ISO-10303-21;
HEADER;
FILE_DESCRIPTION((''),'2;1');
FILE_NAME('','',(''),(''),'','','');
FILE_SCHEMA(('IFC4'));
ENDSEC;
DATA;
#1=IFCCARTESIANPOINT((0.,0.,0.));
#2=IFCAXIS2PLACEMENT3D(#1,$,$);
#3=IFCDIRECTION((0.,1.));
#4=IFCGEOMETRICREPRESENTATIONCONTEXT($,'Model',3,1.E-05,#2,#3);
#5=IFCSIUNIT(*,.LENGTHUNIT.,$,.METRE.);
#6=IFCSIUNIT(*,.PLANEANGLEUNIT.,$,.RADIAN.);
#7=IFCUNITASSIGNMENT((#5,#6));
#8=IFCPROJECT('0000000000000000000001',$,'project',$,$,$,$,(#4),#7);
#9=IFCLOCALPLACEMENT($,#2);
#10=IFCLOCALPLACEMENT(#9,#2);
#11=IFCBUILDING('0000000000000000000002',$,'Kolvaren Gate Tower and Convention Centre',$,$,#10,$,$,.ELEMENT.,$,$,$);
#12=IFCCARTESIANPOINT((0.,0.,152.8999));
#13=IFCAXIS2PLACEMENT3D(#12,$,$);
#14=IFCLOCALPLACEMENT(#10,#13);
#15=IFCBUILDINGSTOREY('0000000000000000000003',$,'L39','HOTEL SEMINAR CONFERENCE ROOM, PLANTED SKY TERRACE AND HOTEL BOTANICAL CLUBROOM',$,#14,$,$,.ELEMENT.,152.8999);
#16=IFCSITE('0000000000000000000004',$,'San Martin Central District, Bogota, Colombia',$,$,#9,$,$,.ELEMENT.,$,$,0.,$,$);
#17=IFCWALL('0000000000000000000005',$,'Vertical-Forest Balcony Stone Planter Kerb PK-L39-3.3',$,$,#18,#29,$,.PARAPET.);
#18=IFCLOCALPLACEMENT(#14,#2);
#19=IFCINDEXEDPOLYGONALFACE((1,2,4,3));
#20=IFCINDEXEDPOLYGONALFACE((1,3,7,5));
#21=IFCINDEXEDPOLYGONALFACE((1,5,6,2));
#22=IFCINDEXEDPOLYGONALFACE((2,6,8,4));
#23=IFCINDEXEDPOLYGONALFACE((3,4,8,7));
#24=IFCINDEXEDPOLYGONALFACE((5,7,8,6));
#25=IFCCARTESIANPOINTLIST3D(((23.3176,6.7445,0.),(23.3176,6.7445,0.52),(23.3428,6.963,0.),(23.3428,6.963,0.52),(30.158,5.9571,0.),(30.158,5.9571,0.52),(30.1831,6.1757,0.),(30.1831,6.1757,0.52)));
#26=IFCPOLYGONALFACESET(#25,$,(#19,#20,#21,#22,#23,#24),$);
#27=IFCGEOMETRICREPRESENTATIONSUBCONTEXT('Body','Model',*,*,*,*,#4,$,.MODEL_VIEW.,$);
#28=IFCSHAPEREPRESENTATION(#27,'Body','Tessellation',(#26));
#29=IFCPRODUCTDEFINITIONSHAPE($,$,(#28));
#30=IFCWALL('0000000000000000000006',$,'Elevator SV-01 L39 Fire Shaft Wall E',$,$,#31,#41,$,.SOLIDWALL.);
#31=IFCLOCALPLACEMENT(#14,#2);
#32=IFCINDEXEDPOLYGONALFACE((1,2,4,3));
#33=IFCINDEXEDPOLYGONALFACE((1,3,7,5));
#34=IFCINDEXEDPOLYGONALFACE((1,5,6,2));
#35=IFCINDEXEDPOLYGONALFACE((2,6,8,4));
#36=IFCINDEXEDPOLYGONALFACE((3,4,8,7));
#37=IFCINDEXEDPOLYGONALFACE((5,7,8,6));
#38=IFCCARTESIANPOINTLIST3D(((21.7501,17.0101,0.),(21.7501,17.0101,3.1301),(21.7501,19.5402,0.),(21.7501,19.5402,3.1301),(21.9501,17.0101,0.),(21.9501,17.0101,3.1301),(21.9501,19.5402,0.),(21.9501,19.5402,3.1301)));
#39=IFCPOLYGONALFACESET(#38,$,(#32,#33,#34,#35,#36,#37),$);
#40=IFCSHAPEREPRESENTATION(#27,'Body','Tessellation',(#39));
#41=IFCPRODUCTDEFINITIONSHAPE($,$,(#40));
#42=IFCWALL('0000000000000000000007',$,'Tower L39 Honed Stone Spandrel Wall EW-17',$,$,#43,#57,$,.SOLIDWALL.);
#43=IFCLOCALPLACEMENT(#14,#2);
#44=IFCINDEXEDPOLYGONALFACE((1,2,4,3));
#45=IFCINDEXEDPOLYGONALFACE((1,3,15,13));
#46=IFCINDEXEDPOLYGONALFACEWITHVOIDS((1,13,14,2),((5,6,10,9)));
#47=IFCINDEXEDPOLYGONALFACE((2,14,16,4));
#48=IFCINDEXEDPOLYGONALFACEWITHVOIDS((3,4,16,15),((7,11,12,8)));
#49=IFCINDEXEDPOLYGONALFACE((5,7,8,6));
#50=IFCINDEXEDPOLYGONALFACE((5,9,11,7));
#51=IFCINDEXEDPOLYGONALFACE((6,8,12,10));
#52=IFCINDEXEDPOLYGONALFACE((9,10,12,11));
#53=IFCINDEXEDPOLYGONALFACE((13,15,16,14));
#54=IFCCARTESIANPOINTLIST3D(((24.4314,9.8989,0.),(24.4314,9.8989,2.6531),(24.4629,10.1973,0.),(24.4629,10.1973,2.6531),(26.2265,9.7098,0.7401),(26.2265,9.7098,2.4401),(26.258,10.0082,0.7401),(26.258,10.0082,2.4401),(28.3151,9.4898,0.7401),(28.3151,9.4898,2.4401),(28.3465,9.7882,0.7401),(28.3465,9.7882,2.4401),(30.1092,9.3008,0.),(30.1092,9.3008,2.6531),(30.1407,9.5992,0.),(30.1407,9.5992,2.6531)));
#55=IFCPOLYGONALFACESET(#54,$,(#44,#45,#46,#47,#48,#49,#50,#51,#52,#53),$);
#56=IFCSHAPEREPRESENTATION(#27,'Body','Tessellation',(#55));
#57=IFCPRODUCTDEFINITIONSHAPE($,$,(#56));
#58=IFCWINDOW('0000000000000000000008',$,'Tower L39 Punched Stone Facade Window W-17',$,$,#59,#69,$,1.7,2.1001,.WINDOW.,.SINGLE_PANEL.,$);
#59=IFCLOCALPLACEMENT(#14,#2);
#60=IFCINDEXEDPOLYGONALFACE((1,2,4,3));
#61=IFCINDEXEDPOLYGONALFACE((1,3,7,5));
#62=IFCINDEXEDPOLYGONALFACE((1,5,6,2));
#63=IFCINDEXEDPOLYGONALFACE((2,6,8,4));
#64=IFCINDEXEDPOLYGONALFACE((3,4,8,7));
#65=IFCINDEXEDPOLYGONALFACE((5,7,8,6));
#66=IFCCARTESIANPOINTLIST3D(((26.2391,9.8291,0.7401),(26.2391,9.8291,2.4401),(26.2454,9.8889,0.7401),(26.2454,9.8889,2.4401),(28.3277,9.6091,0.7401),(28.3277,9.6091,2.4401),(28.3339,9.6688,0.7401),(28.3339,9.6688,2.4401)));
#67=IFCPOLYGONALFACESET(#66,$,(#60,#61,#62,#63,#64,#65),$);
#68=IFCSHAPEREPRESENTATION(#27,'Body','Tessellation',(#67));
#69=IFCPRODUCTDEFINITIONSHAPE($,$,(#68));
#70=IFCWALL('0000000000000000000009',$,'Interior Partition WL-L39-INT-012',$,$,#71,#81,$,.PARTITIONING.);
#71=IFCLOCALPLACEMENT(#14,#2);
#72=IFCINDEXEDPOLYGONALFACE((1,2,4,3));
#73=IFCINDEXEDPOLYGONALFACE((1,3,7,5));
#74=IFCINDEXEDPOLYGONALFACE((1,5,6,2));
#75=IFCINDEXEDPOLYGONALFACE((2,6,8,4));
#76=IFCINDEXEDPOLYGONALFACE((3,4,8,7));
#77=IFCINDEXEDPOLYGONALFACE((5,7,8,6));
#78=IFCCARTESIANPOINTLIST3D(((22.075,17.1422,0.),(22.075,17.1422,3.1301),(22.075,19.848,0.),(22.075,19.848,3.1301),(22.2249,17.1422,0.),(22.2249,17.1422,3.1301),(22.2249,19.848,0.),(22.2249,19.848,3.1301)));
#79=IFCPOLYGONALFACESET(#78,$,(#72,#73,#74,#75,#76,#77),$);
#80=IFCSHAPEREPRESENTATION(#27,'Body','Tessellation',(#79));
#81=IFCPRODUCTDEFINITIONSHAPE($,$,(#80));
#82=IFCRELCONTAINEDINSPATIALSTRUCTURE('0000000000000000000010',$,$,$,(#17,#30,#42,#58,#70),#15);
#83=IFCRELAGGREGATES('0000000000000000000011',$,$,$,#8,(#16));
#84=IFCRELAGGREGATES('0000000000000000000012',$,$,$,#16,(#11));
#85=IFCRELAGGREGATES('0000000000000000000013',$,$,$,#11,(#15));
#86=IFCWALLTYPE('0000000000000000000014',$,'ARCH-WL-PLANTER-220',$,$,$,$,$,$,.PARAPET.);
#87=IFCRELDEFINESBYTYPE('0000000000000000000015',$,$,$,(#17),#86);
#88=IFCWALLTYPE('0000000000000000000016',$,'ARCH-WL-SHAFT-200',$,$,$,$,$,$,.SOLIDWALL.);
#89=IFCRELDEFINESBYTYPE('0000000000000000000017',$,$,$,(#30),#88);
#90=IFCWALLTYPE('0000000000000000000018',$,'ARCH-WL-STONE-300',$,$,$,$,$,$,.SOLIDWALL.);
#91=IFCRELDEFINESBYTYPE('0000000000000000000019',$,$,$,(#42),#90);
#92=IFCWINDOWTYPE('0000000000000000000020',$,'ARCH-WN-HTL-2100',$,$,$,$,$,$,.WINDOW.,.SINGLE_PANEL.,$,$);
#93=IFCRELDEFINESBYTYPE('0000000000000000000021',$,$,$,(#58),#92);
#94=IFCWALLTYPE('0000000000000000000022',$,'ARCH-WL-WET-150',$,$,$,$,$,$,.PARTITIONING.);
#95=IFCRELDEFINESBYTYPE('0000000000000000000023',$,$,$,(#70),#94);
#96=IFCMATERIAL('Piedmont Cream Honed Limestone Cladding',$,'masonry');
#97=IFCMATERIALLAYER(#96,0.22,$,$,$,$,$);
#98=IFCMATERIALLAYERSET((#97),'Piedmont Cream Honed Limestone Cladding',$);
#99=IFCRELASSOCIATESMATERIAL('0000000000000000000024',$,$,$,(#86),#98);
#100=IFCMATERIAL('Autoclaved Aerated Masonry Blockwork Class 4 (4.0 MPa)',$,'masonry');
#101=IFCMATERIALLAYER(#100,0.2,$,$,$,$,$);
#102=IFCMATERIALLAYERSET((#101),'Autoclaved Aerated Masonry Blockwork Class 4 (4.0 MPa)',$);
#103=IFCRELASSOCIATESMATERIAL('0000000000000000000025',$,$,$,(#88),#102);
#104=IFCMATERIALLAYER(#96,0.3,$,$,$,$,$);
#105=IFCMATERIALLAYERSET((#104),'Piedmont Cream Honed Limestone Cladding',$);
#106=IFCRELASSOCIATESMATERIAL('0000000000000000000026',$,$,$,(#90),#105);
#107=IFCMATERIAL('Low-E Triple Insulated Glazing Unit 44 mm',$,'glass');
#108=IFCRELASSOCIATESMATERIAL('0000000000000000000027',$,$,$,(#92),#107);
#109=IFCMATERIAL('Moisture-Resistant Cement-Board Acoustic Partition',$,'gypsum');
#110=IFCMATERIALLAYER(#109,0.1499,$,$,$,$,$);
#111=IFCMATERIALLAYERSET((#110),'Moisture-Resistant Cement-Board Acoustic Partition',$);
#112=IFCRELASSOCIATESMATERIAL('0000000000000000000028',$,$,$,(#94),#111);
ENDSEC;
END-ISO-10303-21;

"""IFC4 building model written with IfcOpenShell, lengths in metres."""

from ifc_helpers import new_model, si_unit, direction, frame, frame_2d, origin, place, context, subcontext, project, spatial, rectangle, extrude, material, layer, layer_set, type_object, element, fill, save


model = new_model("IFC4")

# Units and contexts
model_context = context("Model", 3, precision=1e-05, world=origin(), true_north=direction((0.0, 1.0)))
body_context = subcontext(model_context, "Body", "Model", "MODEL_VIEW")
ifc_project = project(units=[si_unit("LENGTHUNIT", "METRE"), si_unit("PLANEANGLEUNIT", "RADIAN")], contexts=[model_context])

# Site, building, storey
site_placement = place(None, origin())
site = spatial("IfcSite", under=ifc_project, at=site_placement, Name="San Martin Central District, Bogota, Colombia", CompositionType="ELEMENT", RefElevation=0.0)
building_placement = place(site_placement, origin())
building = spatial("IfcBuilding", under=site, at=building_placement, Name="Kolvaren Gate Tower and Convention Centre", CompositionType="ELEMENT")
storey_placement = place(building_placement, frame((0.0, 0.0, 152.8999)))
storey = spatial("IfcBuildingStorey", under=building, at=storey_placement, Name="L39", Description="HOTEL SEMINAR CONFERENCE ROOM, PLANTED SKY TERRACE AND HOTEL BOTANICAL CLUBROOM", CompositionType="ELEMENT", Elevation=152.8999)

# Shared definitions
ifc_material_1 = material(Name="Autoclaved Aerated Masonry Blockwork Class 4 (4.0 MPa)", Category="masonry")

# Walls
ifc_material_2 = material(Name="Piedmont Cream Honed Limestone Cladding", Category="masonry")
ifc_layer_1 = layer(ifc_material_2, 0.22)
ifc_layer_set_1 = layer_set([ifc_layer_1], Name="Piedmont Cream Honed Limestone Cladding")
wall_type_1 = type_object("IfcWallType", Name="ARCH-WL-PLANTER-220", PredefinedType="PARAPET", material=ifc_layer_set_1)
wall_1_placement = place(storey_placement, frame((23.3301, 6.8538, 0.0), z_axis=(0.0, 0.0, 1.0), x_axis=(0.993441, -0.11435, 0.0)))
element("IfcWall", 1, at=wall_1_placement, inside=storey, type_object=wall_type_1, Name="Vertical-Forest Balcony Stone Planter Kerb PK-L39-3.3", PredefinedType="PARAPET", context=body_context, shape_type="SweptSolid", body=[
    extrude(rectangle(XDim=6.8855, YDim=0.22, at=frame_2d((3.4429, 0.0))), origin(), (0.0, 0.0, 1.0), 0.52),
])
ifc_layer_2 = layer(ifc_material_1, 0.2)
ifc_layer_set_2 = layer_set([ifc_layer_2], Name="Autoclaved Aerated Masonry Blockwork Class 4 (4.0 MPa)")
wall_type_2 = type_object("IfcWallType", Name="ARCH-WL-SHAFT-200", PredefinedType="SOLIDWALL", material=ifc_layer_set_2)
wall_2_placement = place(storey_placement, frame((21.8501, 17.01, 0.0), z_axis=(0.0, 0.0, 1.0), x_axis=(0.0, 1.0, 0.0)))
element("IfcWall", 2, at=wall_2_placement, inside=storey, type_object=wall_type_2, Name="Elevator SV-01 L39 Fire Shaft Wall E", PredefinedType="SOLIDWALL", context=body_context, shape_type="SweptSolid", body=[
    extrude(rectangle(XDim=2.53, YDim=0.2, at=frame_2d((1.2651, 0.0))), origin(), (0.0, 0.0, 1.0), 3.1301),
])

# Wall, opening, window
ifc_layer_3 = layer(ifc_material_2, 0.3)
ifc_layer_set_3 = layer_set([ifc_layer_3], Name="Piedmont Cream Honed Limestone Cladding")
wall_type_3 = type_object("IfcWallType", Name="ARCH-WL-STONE-300", PredefinedType="SOLIDWALL", material=ifc_layer_set_3)
wall_3_placement = place(storey_placement, frame((24.4473, 10.0481, 0.0), z_axis=(0.0, 0.0, 1.0), x_axis=(0.994497, -0.104769, 0.0)))
wall_3 = element("IfcWall", 3, at=wall_3_placement, inside=storey, type_object=wall_type_3, Name="Tower L39 Honed Stone Spandrel Wall EW-17", PredefinedType="SOLIDWALL", context=body_context, shape_type="SweptSolid", body=[
    extrude(rectangle(XDim=5.7092, YDim=0.3, at=frame_2d((2.8545, 0.0))), origin(), (0.0, 0.0, 1.0), 2.6531),
])
opening_1_placement = place(wall_3_placement, frame((1.8049, 0.0, 0.74)))
opening_1 = element("IfcOpeningElement", 4, at=opening_1_placement, cuts=wall_3, PredefinedType="OPENING", context=body_context, shape_type="SweptSolid", body=[
    extrude(rectangle(XDim=2.1001, YDim=1.7, at=frame_2d((1.05, 0.8501))), frame((0.0, 0.1599, 0.0), z_axis=(0.0, -1.0, 0.0), x_axis=(1.0, 0.0, 0.0)), (0.0, 0.0, 1.0), 0.3201),
])
ifc_material_3 = material(Name="Low-E Triple Insulated Glazing Unit 44 mm", Category="glass")
window_type = type_object("IfcWindowType", Name="ARCH-WN-HTL-2100", PartitioningType="SINGLE_PANEL", PredefinedType="WINDOW", material=ifc_material_3)
window_placement = place(opening_1_placement, origin())
window = element("IfcWindow", 5, at=window_placement, inside=storey, type_object=window_type, Name="Tower L39 Punched Stone Facade Window W-17", OverallHeight=1.7, OverallWidth=2.1001, PartitioningType="SINGLE_PANEL", PredefinedType="WINDOW", context=body_context, shape_type="SweptSolid", body=[
    extrude(rectangle(XDim=2.1001, YDim=1.7, at=frame_2d((1.05, 0.8501))), frame((0.0, 0.03, 0.0), z_axis=(0.0, -1.0, 0.0), x_axis=(1.0, 0.0, 0.0)), (0.0, 0.0, 1.0), 0.0601),
])
fill(opening_1, window)

# Wall
ifc_material_4 = material(Name="Moisture-Resistant Cement-Board Acoustic Partition", Category="gypsum")
ifc_layer_4 = layer(ifc_material_4, 0.1499)
ifc_layer_set_4 = layer_set([ifc_layer_4], Name="Moisture-Resistant Cement-Board Acoustic Partition")
wall_type_4 = type_object("IfcWallType", Name="ARCH-WL-WET-150", PredefinedType="PARTITIONING", material=ifc_layer_set_4)
wall_4_placement = place(storey_placement, frame((22.1499, 17.1421, 0.0), z_axis=(0.0, 0.0, 1.0), x_axis=(0.0, 1.0, 0.0)))
element("IfcWall", 6, at=wall_4_placement, inside=storey, type_object=wall_type_4, Name="Interior Partition WL-L39-INT-012", PredefinedType="PARTITIONING", context=body_context, shape_type="SweptSolid", body=[
    extrude(rectangle(XDim=2.7058, YDim=0.1499, at=frame_2d((1.353, 0.0))), origin(), (0.0, 0.0, 1.0), 3.1301),
])

save(model, "model.ifc")
